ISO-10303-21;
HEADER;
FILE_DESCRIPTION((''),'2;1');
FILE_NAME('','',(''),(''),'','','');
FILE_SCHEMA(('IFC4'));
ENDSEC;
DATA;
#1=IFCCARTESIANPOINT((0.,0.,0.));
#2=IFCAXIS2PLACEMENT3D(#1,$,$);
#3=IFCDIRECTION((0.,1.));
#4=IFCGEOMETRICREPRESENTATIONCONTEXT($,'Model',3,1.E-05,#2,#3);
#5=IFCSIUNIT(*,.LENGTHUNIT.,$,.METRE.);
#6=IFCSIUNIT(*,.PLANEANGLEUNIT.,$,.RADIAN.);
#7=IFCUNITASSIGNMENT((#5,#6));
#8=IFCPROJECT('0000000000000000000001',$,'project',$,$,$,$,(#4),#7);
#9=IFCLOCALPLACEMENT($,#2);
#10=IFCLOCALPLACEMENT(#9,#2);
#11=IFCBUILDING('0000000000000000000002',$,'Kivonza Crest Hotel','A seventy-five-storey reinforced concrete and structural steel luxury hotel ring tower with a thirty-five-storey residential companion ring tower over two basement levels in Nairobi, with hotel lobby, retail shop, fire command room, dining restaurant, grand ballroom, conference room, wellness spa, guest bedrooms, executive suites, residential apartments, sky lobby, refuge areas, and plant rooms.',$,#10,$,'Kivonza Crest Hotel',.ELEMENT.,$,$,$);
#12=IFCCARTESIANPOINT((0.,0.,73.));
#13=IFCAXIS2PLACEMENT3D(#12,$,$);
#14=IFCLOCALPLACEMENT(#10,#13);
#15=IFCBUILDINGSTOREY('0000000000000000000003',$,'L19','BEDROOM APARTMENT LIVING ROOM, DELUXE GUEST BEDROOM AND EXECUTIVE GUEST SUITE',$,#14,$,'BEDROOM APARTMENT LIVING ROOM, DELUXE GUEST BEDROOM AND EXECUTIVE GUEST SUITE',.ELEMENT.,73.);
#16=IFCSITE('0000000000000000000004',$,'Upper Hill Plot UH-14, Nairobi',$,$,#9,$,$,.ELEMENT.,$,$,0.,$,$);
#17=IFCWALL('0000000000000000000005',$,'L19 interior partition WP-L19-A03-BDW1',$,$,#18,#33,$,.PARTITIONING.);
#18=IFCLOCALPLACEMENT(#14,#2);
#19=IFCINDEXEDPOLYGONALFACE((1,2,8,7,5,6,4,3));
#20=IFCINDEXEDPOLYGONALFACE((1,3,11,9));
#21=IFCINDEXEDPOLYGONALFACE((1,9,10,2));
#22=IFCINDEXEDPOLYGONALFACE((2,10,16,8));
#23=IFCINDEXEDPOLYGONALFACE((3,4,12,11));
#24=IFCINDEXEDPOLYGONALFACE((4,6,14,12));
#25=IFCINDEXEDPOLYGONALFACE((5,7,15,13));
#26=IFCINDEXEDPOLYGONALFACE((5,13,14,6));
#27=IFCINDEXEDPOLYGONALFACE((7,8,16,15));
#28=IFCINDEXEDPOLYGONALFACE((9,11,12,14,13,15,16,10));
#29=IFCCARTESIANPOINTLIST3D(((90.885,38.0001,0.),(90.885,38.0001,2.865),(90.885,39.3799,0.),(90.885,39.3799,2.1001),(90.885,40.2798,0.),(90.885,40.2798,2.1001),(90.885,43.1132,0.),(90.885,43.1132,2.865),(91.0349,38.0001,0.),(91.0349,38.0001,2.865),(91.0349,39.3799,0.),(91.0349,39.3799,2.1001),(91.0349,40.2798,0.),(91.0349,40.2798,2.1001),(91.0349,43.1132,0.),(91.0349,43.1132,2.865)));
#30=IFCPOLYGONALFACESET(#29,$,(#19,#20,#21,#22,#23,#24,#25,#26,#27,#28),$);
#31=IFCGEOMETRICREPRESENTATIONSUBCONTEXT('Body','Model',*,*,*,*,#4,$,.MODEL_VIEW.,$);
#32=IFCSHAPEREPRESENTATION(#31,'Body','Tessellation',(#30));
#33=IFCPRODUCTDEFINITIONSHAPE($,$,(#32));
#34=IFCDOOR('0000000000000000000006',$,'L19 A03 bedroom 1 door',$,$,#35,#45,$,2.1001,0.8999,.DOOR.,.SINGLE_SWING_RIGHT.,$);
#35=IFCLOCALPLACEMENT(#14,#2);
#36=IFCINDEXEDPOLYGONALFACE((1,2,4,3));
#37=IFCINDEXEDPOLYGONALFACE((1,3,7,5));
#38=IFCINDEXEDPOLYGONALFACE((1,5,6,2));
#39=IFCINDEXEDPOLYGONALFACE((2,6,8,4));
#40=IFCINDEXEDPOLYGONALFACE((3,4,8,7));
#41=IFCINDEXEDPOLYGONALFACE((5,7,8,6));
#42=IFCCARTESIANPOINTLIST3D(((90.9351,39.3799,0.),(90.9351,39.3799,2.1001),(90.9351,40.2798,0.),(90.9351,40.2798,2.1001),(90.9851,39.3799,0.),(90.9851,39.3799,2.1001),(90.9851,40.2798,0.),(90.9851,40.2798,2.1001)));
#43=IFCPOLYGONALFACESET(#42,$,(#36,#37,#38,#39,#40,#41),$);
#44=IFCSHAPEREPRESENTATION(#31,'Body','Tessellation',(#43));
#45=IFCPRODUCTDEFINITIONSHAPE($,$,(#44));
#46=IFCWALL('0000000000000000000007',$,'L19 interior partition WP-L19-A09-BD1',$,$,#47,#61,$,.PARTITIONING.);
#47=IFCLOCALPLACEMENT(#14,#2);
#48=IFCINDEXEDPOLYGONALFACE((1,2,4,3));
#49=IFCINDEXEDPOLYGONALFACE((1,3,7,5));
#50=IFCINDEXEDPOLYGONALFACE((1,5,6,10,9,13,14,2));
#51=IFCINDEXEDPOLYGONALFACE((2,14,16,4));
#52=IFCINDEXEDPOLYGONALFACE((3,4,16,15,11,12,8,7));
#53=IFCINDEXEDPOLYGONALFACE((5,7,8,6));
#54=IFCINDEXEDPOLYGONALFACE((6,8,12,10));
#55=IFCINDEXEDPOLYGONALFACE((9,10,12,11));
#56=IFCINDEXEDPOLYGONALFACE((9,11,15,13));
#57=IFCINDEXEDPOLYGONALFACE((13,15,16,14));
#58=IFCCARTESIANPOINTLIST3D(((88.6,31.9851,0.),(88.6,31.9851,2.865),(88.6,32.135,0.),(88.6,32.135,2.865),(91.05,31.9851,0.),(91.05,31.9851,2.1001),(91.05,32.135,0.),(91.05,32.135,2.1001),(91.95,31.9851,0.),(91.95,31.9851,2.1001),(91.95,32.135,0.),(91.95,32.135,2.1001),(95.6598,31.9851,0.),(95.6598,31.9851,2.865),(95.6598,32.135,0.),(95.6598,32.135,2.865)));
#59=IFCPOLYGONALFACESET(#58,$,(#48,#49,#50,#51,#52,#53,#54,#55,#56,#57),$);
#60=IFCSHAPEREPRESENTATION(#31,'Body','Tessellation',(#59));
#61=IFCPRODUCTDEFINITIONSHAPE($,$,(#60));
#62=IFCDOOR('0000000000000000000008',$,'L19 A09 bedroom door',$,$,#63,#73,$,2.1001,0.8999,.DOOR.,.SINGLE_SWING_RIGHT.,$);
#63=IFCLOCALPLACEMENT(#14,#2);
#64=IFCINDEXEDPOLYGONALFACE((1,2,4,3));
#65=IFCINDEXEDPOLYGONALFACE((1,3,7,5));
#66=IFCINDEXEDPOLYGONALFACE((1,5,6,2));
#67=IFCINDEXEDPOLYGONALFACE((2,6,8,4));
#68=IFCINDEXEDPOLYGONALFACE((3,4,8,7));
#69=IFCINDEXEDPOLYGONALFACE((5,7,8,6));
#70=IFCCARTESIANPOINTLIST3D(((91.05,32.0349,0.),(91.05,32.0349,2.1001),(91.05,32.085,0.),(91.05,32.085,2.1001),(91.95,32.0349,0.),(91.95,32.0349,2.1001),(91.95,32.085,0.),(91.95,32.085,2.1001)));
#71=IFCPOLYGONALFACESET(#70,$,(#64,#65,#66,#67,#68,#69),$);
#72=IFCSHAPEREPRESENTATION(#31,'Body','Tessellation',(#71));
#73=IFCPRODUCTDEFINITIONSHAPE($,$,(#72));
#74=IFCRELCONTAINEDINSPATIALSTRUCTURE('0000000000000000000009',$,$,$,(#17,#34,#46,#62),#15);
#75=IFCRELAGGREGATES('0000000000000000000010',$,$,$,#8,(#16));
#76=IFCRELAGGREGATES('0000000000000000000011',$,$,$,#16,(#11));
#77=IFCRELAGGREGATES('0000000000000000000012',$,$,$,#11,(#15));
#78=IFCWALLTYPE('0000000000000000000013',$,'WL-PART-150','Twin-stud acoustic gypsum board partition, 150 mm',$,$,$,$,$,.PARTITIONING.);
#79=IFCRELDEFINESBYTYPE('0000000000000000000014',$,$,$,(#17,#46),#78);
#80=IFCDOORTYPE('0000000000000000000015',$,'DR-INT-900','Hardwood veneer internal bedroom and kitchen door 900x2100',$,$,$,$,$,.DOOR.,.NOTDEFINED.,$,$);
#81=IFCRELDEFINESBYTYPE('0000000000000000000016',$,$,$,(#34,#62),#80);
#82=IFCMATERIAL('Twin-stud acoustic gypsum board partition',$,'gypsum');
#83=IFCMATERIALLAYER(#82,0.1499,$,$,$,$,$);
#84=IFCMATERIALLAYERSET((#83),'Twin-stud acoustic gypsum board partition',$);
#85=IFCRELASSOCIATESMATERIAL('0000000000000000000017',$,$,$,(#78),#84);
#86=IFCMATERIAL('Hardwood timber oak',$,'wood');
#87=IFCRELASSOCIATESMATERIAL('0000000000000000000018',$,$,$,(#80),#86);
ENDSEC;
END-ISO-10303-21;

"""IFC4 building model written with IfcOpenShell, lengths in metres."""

from ifc_helpers import new_model, si_unit, direction, frame, frame_2d, origin, place, context, subcontext, project, spatial, rectangle, extrude, material, layer, layer_set, type_object, element, fill, save


model = new_model("IFC4")

# Units and contexts
model_context = context("Model", 3, precision=1e-05, world=origin(), true_north=direction((0.0, 1.0)))
body_context = subcontext(model_context, "Body", "Model", "MODEL_VIEW")
ifc_project = project(units=[si_unit("LENGTHUNIT", "METRE"), si_unit("PLANEANGLEUNIT", "RADIAN")], contexts=[model_context])

# Site, building, storey
site_placement = place(None, origin())
site = spatial("IfcSite", under=ifc_project, at=site_placement, Name="Upper Hill Plot UH-14, Nairobi", CompositionType="ELEMENT", RefElevation=0.0)
building_placement = place(site_placement, origin())
building = spatial("IfcBuilding", under=site, at=building_placement, Name="Kivonza Crest Hotel", Description="A seventy-five-storey reinforced concrete and structural steel luxury hotel ring tower with a thirty-five-storey residential companion ring tower over two basement levels in Nairobi, with hotel lobby, retail shop, fire command room, dining restaurant, grand ballroom, conference room, wellness spa, guest bedrooms, executive suites, residential apartments, sky lobby, refuge areas, and plant rooms.", LongName="Kivonza Crest Hotel", CompositionType="ELEMENT")
storey_placement = place(building_placement, frame((0.0, 0.0, 73.0)))
storey = spatial("IfcBuildingStorey", under=building, at=storey_placement, Name="L19", Description="BEDROOM APARTMENT LIVING ROOM, DELUXE GUEST BEDROOM AND EXECUTIVE GUEST SUITE", LongName="BEDROOM APARTMENT LIVING ROOM, DELUXE GUEST BEDROOM AND EXECUTIVE GUEST SUITE", CompositionType="ELEMENT", Elevation=73.0)

# Shared definitions
ifc_material_1 = material(Name="Hardwood timber oak", Category="wood")

# Walls, openings, doors
ifc_material_2 = material(Name="Twin-stud acoustic gypsum board partition", Category="gypsum")
ifc_layer_1 = layer(ifc_material_2, 0.1499)
ifc_layer_set_1 = layer_set([ifc_layer_1], Name="Twin-stud acoustic gypsum board partition")
wall_type_1 = type_object("IfcWallType", Name="WL-PART-150", Description="Twin-stud acoustic gypsum board partition, 150 mm", PredefinedType="PARTITIONING", material=ifc_layer_set_1)
wall_1_placement = place(storey_placement, frame((90.96, 38.0, 0.0), z_axis=(0.0, 0.0, 1.0), x_axis=(0.0, 1.0, 0.0)))
wall_1 = element("IfcWall", 1, at=wall_1_placement, inside=storey, type_object=wall_type_1, Name="L19 interior partition WP-L19-A03-BDW1", PredefinedType="PARTITIONING", context=body_context, shape_type="SweptSolid", body=[
    extrude(rectangle(XDim=5.113, YDim=0.1499, at=frame_2d((2.5566, 0.0))), origin(), (0.0, 0.0, 1.0), 2.865),
])
opening_1_placement = place(wall_1_placement, frame((1.3799, 0.0, 0.0)))
opening_1 = element("IfcOpeningElement", 2, at=opening_1_placement, cuts=wall_1, PredefinedType="OPENING", context=body_context, shape_type="SweptSolid", body=[
    extrude(rectangle(XDim=0.8999, YDim=2.1001, at=frame_2d((0.45, 1.05))), frame((0.0, 0.085, 0.0), z_axis=(0.0, -1.0, 0.0), x_axis=(1.0, 0.0, 0.0)), (0.0, 0.0, 1.0), 0.1699),
])
door_type_1 = type_object("IfcDoorType", Name="DR-INT-900", Description="Hardwood veneer internal bedroom and kitchen door 900x2100", OperationType="NOTDEFINED", PredefinedType="DOOR", material=ifc_material_1)
door_1_placement = place(opening_1_placement, origin())
door_1 = element("IfcDoor", 3, at=door_1_placement, inside=storey, type_object=door_type_1, Name="L19 A03 bedroom 1 door", OperationType="SINGLE_SWING_RIGHT", OverallHeight=2.1001, OverallWidth=0.8999, PredefinedType="DOOR", context=body_context, shape_type="SweptSolid", body=[
    extrude(rectangle(XDim=0.8999, YDim=2.1001, at=frame_2d((0.45, 1.05))), frame((0.0, 0.0249, 0.0), z_axis=(0.0, -1.0, 0.0), x_axis=(1.0, 0.0, 0.0)), (0.0, 0.0, 1.0), 0.05),
])
fill(opening_1, door_1)
wall_2_placement = place(storey_placement, frame((88.6001, 32.0601, 0.0), z_axis=(0.0, 0.0, 1.0), x_axis=(1.0, 0.0, 0.0)))
wall_2 = element("IfcWall", 4, at=wall_2_placement, inside=storey, type_object=wall_type_1, Name="L19 interior partition WP-L19-A09-BD1", PredefinedType="PARTITIONING", context=body_context, shape_type="SweptSolid", body=[
    extrude(rectangle(XDim=7.0598, YDim=0.1499, at=frame_2d((3.5298, 0.0))), origin(), (0.0, 0.0, 1.0), 2.865),
])
opening_2_placement = place(wall_2_placement, frame((2.45, 0.0, 0.0)))
opening_2 = element("IfcOpeningElement", 5, at=opening_2_placement, cuts=wall_2, PredefinedType="OPENING", context=body_context, shape_type="SweptSolid", body=[
    extrude(rectangle(XDim=0.8999, YDim=2.1001, at=frame_2d((0.45, 1.05))), frame((0.0, 0.085, 0.0), z_axis=(0.0, -1.0, 0.0), x_axis=(1.0, 0.0, 0.0)), (0.0, 0.0, 1.0), 0.1699),
])
door_2_placement = place(opening_2_placement, origin())
door_2 = element("IfcDoor", 6, at=door_2_placement, inside=storey, type_object=door_type_1, Name="L19 A09 bedroom door", OperationType="SINGLE_SWING_RIGHT", OverallHeight=2.1001, OverallWidth=0.8999, PredefinedType="DOOR", context=body_context, shape_type="SweptSolid", body=[
    extrude(rectangle(XDim=0.8999, YDim=2.1001, at=frame_2d((0.45, 1.05))), frame((0.0, 0.0249, 0.0), z_axis=(0.0, -1.0, 0.0), x_axis=(1.0, 0.0, 0.0)), (0.0, 0.0, 1.0), 0.05),
])
fill(opening_2, door_2)

save(model, "model.ifc")
